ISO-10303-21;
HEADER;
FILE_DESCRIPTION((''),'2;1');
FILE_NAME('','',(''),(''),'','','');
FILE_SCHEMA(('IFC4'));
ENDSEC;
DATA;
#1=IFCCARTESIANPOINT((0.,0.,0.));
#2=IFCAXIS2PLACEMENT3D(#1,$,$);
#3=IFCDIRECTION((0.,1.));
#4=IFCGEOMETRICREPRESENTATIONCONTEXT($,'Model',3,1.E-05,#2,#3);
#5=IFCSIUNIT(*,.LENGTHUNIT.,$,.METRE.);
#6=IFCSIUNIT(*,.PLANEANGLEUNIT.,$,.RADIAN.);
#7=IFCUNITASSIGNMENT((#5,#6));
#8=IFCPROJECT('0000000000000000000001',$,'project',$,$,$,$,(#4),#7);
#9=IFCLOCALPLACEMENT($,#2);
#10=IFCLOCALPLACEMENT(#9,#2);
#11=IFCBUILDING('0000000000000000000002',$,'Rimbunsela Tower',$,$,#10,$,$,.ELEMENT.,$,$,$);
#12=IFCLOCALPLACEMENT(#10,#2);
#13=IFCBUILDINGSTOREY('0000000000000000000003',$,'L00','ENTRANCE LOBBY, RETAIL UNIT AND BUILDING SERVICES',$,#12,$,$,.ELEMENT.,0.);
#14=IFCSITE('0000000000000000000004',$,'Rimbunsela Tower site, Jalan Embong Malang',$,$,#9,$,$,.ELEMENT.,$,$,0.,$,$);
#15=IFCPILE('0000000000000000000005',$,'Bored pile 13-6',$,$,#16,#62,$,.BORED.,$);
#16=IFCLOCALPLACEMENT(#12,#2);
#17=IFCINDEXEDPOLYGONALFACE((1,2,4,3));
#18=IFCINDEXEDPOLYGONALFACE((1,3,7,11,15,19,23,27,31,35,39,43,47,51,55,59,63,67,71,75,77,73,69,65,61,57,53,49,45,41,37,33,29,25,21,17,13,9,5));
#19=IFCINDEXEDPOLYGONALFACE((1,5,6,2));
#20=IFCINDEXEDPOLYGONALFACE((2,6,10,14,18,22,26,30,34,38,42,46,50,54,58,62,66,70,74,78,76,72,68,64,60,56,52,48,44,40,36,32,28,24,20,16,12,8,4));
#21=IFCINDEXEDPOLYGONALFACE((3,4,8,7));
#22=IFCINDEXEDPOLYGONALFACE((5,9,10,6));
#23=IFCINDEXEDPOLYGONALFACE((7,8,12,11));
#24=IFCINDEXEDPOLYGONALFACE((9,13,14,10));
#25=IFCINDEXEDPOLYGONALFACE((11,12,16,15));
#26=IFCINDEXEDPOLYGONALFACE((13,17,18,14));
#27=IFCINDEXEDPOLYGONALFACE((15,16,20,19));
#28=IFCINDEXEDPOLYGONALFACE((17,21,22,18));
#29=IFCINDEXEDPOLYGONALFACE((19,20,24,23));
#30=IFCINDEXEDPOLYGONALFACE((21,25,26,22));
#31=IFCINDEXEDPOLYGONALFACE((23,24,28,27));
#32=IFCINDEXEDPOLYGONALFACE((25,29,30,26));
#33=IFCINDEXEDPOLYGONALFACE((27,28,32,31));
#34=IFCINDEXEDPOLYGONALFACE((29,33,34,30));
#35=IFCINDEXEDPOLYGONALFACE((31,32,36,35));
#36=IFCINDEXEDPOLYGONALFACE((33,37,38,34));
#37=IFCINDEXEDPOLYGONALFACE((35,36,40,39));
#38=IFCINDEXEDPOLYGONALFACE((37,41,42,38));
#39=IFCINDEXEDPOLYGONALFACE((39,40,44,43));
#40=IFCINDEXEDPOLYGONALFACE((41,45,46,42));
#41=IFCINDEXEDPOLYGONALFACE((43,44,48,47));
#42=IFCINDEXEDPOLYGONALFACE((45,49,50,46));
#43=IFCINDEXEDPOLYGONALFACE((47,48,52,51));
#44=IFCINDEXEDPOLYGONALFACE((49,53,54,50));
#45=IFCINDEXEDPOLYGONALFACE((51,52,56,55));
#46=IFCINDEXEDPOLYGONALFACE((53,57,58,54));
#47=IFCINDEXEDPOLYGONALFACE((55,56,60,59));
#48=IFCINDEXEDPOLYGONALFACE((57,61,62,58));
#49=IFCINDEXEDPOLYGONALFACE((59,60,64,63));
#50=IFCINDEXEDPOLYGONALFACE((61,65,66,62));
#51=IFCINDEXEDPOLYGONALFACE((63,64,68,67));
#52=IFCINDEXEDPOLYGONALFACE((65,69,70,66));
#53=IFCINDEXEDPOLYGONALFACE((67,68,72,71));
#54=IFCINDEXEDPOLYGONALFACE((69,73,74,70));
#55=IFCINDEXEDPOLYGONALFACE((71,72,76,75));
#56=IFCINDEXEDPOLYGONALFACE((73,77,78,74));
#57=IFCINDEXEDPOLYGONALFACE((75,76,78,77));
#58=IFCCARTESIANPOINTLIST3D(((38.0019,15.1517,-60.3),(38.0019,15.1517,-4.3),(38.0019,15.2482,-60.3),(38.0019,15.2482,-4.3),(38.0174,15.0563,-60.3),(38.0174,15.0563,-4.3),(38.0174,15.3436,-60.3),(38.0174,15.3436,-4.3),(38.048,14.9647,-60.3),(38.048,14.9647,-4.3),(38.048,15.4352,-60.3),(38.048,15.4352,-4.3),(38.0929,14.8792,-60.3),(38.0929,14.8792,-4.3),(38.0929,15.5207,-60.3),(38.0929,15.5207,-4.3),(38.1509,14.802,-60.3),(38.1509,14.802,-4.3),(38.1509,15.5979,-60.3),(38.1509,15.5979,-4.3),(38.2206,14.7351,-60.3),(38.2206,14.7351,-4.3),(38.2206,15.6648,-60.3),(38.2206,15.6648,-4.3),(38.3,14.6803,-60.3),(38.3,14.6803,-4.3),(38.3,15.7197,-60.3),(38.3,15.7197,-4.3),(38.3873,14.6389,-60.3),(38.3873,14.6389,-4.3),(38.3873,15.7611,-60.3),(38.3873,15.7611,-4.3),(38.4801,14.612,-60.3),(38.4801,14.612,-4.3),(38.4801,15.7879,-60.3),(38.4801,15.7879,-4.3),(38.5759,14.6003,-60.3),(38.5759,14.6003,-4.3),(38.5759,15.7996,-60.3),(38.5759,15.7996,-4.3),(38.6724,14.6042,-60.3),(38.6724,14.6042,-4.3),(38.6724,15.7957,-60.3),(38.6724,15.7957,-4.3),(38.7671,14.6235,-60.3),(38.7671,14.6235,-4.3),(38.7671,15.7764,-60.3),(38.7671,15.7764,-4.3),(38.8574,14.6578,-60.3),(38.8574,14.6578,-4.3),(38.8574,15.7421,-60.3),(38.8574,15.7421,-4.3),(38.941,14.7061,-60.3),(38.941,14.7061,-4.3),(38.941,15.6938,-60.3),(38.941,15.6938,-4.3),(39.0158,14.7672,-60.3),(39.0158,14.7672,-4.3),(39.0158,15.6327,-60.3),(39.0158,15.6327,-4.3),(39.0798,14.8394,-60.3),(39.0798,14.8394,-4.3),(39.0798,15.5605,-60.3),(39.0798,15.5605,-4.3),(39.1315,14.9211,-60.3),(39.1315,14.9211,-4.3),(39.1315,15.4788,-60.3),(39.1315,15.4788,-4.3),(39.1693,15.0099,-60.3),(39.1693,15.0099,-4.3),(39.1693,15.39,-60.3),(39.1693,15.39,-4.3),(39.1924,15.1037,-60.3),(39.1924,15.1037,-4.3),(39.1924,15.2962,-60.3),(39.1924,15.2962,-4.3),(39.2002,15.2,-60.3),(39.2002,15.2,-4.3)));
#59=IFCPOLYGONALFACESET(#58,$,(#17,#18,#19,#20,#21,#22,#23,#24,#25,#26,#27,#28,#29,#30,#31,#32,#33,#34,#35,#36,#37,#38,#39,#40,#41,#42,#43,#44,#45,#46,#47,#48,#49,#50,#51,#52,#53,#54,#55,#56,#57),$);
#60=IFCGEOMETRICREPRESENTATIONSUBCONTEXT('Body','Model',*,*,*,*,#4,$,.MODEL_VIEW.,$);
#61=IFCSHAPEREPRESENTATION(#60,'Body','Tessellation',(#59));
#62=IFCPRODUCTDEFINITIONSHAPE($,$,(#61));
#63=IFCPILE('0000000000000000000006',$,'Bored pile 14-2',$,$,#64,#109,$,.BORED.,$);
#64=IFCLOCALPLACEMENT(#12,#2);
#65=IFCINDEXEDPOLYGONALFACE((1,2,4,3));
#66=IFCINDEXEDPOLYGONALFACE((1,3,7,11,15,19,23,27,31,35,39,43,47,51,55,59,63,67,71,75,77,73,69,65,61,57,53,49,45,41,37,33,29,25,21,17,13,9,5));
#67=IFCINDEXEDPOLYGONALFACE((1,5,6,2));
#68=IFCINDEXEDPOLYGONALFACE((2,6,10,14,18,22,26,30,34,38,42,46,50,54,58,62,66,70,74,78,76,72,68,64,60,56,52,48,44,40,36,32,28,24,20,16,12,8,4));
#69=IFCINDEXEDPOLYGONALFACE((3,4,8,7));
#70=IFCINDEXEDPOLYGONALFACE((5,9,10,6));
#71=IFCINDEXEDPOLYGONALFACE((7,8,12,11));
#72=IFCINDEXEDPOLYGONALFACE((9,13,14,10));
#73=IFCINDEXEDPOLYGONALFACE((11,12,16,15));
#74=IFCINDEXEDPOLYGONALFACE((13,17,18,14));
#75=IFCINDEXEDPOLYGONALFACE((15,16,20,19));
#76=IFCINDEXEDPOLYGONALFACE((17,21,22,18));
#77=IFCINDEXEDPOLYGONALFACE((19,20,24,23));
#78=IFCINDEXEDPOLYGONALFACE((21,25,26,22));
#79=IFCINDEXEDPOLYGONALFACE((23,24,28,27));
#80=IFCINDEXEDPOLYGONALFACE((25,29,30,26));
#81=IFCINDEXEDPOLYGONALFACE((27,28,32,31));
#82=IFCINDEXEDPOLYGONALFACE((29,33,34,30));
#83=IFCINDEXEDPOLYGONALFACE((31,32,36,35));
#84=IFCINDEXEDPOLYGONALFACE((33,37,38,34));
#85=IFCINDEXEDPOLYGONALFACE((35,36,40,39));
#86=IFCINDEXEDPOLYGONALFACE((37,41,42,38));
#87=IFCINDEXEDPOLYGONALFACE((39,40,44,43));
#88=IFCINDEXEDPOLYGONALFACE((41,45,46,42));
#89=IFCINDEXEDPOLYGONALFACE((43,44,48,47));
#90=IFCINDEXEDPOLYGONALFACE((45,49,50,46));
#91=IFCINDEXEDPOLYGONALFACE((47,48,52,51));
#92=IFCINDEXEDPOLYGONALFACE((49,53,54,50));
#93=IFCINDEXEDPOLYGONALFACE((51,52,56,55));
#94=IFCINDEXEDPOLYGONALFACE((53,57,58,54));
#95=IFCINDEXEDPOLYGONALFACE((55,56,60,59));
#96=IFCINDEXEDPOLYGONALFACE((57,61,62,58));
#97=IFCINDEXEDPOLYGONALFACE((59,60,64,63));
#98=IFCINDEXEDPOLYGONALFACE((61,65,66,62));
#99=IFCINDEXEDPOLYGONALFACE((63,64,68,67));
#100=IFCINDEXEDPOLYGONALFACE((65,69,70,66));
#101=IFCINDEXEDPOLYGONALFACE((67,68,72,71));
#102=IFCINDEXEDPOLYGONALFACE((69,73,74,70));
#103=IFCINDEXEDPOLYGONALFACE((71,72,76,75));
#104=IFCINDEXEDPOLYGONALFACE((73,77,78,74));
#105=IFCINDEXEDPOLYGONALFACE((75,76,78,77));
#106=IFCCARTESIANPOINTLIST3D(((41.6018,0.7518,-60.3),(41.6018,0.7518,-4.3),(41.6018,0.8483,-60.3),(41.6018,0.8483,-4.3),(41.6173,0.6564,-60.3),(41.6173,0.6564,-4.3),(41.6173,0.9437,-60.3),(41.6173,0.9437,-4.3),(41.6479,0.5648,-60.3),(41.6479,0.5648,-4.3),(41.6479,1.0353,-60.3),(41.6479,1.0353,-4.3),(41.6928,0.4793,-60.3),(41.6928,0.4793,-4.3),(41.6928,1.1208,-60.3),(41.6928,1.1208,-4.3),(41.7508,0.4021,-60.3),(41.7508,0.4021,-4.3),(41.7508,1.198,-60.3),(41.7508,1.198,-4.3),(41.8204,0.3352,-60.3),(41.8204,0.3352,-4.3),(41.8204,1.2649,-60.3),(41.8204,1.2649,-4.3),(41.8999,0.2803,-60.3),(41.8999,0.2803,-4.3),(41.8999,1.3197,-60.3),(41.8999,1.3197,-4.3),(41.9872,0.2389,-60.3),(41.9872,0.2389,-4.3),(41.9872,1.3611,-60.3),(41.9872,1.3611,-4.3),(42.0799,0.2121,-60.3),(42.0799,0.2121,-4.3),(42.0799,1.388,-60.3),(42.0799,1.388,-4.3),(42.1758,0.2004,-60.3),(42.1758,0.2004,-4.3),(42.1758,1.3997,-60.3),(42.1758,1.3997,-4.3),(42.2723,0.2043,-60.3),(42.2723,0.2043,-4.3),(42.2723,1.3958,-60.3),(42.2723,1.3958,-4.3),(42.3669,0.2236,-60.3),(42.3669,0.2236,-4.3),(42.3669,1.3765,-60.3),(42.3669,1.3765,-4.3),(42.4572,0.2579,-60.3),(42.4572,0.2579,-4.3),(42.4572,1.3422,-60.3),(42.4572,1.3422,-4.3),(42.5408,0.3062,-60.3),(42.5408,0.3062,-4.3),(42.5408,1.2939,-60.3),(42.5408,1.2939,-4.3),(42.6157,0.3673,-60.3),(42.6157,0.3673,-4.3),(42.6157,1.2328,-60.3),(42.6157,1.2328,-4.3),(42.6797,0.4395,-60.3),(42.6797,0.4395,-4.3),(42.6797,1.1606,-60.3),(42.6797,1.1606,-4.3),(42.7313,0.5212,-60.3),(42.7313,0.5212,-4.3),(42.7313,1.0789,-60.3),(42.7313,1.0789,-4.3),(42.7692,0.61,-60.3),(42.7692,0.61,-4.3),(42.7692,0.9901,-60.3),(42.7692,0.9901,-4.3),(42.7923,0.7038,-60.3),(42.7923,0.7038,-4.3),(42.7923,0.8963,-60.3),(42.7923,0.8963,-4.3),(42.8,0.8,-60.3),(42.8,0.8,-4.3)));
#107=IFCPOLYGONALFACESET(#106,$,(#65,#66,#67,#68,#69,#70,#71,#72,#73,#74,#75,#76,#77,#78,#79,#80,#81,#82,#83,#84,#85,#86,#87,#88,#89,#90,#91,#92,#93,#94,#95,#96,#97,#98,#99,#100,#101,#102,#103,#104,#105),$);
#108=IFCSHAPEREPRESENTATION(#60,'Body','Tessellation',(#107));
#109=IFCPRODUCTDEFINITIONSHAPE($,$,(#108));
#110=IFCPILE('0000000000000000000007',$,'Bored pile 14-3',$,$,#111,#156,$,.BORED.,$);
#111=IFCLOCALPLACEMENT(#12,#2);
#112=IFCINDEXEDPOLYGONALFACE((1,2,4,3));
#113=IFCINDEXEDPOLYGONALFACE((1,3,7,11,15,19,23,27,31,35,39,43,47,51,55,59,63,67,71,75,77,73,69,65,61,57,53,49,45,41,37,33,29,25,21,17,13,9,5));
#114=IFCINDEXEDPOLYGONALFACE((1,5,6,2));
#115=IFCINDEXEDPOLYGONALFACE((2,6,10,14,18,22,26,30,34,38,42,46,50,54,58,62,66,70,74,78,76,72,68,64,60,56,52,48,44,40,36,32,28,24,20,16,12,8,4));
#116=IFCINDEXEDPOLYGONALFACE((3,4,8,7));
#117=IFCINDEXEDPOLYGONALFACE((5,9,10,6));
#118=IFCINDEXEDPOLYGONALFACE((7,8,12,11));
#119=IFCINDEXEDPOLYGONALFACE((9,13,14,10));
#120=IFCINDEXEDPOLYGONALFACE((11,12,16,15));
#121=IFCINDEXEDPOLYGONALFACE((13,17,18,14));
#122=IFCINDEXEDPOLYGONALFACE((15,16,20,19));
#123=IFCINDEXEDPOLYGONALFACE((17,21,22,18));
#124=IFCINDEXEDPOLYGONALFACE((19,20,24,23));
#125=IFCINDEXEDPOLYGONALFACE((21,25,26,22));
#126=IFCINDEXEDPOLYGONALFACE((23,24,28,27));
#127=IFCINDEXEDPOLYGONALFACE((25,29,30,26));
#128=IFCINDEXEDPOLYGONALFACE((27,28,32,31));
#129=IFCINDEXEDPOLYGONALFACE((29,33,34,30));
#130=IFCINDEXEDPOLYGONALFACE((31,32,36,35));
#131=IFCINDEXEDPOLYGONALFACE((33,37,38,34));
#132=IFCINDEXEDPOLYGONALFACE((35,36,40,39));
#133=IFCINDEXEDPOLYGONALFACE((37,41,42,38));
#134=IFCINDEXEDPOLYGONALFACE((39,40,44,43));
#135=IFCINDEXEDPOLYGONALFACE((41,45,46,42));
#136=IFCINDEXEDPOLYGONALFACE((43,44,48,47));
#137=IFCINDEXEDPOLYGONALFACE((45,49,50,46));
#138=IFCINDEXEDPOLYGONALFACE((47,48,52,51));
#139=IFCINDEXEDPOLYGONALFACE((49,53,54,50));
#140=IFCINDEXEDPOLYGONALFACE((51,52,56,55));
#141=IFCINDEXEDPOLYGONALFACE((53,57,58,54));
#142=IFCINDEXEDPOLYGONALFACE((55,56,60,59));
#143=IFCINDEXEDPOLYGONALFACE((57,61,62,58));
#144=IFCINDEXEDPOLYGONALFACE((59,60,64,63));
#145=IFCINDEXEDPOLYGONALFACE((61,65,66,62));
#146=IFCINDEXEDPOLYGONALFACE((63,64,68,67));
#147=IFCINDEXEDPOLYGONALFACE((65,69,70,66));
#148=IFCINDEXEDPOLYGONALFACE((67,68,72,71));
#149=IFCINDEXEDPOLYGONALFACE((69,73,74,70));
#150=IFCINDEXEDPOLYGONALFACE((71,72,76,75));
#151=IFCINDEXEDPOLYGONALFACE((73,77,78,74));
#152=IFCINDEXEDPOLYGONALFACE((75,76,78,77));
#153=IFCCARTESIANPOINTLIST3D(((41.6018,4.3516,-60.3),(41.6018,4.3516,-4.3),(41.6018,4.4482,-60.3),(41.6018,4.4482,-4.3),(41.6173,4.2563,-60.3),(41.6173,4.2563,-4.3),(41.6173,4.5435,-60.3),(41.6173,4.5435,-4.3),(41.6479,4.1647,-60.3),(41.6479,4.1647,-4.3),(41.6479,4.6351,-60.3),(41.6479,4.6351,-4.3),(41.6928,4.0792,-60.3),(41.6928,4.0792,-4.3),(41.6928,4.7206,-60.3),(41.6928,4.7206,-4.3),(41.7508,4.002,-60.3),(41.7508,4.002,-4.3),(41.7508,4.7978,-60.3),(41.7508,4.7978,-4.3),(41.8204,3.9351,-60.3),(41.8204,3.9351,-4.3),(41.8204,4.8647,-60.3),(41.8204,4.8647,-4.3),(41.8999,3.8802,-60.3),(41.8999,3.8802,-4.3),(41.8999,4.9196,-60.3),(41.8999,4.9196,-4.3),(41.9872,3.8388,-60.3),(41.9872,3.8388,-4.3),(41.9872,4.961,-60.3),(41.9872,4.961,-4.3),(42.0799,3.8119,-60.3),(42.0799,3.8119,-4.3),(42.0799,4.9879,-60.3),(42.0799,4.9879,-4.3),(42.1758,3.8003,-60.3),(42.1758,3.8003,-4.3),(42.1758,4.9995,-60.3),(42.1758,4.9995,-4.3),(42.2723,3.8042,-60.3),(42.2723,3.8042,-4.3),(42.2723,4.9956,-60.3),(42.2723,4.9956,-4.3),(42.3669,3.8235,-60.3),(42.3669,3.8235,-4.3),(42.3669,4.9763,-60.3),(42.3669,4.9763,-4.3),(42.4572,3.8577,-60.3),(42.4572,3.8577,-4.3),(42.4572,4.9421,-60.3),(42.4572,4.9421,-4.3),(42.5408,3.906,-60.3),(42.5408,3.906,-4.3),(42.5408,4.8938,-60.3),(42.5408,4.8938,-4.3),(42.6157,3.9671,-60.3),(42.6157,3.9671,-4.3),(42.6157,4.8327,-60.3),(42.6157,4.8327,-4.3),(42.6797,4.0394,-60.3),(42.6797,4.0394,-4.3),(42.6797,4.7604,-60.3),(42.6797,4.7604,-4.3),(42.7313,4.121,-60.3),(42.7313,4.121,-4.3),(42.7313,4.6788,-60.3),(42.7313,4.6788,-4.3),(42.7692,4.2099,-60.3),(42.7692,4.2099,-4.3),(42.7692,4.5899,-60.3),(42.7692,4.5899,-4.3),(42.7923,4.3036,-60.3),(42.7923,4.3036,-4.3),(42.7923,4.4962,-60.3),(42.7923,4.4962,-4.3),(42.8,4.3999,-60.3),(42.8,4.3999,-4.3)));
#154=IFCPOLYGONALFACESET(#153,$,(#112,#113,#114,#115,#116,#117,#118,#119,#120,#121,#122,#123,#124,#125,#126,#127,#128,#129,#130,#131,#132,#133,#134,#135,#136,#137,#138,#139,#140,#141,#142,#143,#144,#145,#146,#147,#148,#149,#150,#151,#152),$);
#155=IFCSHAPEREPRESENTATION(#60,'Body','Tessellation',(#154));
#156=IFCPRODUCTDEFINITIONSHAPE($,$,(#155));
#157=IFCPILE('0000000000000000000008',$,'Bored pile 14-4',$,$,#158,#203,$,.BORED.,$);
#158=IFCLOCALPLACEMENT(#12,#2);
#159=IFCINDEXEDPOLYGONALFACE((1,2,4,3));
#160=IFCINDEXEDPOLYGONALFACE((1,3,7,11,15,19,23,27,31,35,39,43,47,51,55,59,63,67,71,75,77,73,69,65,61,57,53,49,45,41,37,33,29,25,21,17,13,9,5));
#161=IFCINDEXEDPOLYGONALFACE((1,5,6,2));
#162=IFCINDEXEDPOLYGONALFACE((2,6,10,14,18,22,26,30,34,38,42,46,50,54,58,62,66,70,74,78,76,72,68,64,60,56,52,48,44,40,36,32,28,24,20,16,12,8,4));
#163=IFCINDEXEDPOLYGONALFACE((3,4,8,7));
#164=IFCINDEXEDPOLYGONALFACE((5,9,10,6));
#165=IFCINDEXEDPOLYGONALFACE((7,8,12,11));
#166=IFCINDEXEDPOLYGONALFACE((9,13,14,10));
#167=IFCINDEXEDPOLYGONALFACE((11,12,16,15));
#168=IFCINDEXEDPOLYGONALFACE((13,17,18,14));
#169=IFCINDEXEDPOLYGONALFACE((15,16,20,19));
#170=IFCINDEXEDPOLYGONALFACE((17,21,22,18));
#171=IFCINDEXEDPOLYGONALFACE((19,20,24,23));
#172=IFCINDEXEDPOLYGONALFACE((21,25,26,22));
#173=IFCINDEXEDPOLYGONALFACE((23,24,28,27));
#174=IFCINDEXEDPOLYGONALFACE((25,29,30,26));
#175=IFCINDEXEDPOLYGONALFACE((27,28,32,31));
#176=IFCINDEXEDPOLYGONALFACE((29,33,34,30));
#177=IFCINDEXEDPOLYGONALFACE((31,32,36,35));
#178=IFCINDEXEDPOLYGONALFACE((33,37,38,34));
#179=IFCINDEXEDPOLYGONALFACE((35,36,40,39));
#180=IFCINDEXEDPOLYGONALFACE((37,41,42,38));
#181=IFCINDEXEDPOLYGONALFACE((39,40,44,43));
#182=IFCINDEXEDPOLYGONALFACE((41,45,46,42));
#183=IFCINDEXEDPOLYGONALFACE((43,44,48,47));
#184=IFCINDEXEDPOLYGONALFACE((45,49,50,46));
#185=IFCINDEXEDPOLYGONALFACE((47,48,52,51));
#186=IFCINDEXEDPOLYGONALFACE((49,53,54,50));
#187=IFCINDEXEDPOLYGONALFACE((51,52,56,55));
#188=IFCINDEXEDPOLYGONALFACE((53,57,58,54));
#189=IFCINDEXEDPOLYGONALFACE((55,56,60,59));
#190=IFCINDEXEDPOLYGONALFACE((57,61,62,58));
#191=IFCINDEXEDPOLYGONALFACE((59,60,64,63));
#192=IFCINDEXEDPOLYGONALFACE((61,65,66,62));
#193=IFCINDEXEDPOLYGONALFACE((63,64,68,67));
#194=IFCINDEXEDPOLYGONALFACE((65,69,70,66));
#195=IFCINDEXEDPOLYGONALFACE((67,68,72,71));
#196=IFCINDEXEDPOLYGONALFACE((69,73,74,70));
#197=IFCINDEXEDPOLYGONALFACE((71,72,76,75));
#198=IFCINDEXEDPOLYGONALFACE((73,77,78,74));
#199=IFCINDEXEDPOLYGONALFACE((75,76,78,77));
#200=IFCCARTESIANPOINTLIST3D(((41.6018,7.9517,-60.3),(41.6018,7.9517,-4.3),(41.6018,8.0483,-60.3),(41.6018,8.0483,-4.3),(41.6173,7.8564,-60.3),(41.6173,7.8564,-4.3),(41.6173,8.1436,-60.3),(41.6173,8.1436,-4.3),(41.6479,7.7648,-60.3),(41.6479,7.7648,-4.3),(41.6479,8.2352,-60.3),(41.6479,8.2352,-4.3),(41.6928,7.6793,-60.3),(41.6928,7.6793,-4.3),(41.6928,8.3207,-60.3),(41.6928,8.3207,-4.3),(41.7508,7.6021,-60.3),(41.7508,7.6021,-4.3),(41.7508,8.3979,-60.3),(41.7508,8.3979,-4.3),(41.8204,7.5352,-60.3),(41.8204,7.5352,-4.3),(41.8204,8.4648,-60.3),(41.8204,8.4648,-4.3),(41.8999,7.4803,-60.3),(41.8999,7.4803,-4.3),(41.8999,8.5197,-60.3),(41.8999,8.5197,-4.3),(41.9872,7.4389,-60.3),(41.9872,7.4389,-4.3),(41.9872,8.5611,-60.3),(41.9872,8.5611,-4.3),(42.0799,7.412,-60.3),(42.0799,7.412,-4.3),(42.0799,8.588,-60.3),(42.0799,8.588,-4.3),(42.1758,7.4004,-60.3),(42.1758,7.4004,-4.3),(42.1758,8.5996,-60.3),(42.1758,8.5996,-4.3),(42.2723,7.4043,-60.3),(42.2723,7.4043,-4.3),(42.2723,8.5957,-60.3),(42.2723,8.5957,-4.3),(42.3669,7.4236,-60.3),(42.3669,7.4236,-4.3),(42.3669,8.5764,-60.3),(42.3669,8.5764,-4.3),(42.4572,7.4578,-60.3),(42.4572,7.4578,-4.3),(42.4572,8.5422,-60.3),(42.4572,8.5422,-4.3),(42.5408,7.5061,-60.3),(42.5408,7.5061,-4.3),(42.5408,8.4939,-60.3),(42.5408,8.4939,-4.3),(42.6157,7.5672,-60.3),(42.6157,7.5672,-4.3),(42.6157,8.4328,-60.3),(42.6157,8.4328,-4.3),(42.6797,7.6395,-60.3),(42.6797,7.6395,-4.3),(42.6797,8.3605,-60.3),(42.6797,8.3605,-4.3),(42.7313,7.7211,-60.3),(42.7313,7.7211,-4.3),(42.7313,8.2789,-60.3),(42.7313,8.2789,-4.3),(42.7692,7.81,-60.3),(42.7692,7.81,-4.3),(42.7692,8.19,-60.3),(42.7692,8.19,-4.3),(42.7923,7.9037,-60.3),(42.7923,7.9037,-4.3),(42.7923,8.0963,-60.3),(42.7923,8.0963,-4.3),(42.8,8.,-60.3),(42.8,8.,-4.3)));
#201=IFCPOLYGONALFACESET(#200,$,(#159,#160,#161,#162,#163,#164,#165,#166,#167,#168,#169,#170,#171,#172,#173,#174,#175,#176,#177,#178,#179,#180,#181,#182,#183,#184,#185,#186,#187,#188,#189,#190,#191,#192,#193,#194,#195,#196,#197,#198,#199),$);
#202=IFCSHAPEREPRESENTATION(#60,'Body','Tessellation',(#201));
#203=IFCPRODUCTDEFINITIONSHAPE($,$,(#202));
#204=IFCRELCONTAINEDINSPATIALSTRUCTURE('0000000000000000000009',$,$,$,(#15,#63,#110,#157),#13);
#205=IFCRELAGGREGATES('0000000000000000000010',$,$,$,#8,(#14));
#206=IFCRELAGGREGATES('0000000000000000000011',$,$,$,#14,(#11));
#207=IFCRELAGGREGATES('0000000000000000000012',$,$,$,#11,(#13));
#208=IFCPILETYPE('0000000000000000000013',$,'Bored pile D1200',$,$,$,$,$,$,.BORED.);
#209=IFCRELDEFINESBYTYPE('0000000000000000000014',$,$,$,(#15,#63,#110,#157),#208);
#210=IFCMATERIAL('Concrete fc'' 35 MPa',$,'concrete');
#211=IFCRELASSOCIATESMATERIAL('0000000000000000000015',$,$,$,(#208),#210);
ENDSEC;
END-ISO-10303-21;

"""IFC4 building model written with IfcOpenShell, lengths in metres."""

from ifc_helpers import new_model, si_unit, direction, frame, origin, origin_2d, place, context, subcontext, project, spatial, circle, extrude, material, material_profile, profile_set, type_object, element, save


model = new_model("IFC4")

# Units and contexts
model_context = context("Model", 3, precision=1e-05, world=origin(), true_north=direction((0.0, 1.0)))
body_context = subcontext(model_context, "Body", "Model", "MODEL_VIEW")
ifc_project = project(units=[si_unit("LENGTHUNIT", "METRE"), si_unit("PLANEANGLEUNIT", "RADIAN")], contexts=[model_context])

# Site, building, storey
site_placement = place(None, origin())
site = spatial("IfcSite", under=ifc_project, at=site_placement, Name="Rimbunsela Tower site, Jalan Embong Malang", CompositionType="ELEMENT", RefElevation=0.0)
building_placement = place(site_placement, origin())
building = spatial("IfcBuilding", under=site, at=building_placement, Name="Rimbunsela Tower", CompositionType="ELEMENT")
storey_placement = place(building_placement, origin())
storey = spatial("IfcBuildingStorey", under=building, at=storey_placement, Name="L00", Description="ENTRANCE LOBBY, RETAIL UNIT AND BUILDING SERVICES", CompositionType="ELEMENT", Elevation=0.0)

# Piles
ifc_material_1 = material(Name="Concrete fc' 35 MPa", Category="concrete")
ifc_material_profile_1 = material_profile(ifc_material_1, circle(Radius=0.6001, at=origin_2d()), Name="BP D1200")
ifc_profile_set_1 = profile_set([ifc_material_profile_1], Name="Concrete fc' 35 MPa")
pile_type = type_object("IfcPileType", Name="Bored pile D1200", PredefinedType="BORED", material=ifc_profile_set_1)
for number, where, z_axis, x_axis, name in (
    (1, (38.6001, 15.2, -4.3), (0.0, 0.0, -1.0), (1.0, 0.0, 0.0), "Bored pile 13-6"),
    (2, (42.2, 0.8, -4.3), (0.0, 0.0, -1.0), (1.0, 0.0, 0.0), "Bored pile 14-2"),
    (3, (42.2, 4.3999, -4.3), (0.0, 0.0, -1.0), (1.0, 0.0, 0.0), "Bored pile 14-3"),
    (4, (42.2, 8.0, -4.3), (0.0, 0.0, -1.0), (1.0, 0.0, 0.0), "Bored pile 14-4"),
):
    element("IfcPile", number, at=place(storey_placement, frame(where, z_axis=z_axis, x_axis=x_axis)), inside=storey, type_object=pile_type, Name=name, PredefinedType="BORED", context=body_context, shape_type="SweptSolid", body=[
        extrude(circle(Radius=0.6001, at=origin_2d()), origin(), (0.0, 0.0, 1.0), 56.0),
    ])

save(model, "model.ifc")
